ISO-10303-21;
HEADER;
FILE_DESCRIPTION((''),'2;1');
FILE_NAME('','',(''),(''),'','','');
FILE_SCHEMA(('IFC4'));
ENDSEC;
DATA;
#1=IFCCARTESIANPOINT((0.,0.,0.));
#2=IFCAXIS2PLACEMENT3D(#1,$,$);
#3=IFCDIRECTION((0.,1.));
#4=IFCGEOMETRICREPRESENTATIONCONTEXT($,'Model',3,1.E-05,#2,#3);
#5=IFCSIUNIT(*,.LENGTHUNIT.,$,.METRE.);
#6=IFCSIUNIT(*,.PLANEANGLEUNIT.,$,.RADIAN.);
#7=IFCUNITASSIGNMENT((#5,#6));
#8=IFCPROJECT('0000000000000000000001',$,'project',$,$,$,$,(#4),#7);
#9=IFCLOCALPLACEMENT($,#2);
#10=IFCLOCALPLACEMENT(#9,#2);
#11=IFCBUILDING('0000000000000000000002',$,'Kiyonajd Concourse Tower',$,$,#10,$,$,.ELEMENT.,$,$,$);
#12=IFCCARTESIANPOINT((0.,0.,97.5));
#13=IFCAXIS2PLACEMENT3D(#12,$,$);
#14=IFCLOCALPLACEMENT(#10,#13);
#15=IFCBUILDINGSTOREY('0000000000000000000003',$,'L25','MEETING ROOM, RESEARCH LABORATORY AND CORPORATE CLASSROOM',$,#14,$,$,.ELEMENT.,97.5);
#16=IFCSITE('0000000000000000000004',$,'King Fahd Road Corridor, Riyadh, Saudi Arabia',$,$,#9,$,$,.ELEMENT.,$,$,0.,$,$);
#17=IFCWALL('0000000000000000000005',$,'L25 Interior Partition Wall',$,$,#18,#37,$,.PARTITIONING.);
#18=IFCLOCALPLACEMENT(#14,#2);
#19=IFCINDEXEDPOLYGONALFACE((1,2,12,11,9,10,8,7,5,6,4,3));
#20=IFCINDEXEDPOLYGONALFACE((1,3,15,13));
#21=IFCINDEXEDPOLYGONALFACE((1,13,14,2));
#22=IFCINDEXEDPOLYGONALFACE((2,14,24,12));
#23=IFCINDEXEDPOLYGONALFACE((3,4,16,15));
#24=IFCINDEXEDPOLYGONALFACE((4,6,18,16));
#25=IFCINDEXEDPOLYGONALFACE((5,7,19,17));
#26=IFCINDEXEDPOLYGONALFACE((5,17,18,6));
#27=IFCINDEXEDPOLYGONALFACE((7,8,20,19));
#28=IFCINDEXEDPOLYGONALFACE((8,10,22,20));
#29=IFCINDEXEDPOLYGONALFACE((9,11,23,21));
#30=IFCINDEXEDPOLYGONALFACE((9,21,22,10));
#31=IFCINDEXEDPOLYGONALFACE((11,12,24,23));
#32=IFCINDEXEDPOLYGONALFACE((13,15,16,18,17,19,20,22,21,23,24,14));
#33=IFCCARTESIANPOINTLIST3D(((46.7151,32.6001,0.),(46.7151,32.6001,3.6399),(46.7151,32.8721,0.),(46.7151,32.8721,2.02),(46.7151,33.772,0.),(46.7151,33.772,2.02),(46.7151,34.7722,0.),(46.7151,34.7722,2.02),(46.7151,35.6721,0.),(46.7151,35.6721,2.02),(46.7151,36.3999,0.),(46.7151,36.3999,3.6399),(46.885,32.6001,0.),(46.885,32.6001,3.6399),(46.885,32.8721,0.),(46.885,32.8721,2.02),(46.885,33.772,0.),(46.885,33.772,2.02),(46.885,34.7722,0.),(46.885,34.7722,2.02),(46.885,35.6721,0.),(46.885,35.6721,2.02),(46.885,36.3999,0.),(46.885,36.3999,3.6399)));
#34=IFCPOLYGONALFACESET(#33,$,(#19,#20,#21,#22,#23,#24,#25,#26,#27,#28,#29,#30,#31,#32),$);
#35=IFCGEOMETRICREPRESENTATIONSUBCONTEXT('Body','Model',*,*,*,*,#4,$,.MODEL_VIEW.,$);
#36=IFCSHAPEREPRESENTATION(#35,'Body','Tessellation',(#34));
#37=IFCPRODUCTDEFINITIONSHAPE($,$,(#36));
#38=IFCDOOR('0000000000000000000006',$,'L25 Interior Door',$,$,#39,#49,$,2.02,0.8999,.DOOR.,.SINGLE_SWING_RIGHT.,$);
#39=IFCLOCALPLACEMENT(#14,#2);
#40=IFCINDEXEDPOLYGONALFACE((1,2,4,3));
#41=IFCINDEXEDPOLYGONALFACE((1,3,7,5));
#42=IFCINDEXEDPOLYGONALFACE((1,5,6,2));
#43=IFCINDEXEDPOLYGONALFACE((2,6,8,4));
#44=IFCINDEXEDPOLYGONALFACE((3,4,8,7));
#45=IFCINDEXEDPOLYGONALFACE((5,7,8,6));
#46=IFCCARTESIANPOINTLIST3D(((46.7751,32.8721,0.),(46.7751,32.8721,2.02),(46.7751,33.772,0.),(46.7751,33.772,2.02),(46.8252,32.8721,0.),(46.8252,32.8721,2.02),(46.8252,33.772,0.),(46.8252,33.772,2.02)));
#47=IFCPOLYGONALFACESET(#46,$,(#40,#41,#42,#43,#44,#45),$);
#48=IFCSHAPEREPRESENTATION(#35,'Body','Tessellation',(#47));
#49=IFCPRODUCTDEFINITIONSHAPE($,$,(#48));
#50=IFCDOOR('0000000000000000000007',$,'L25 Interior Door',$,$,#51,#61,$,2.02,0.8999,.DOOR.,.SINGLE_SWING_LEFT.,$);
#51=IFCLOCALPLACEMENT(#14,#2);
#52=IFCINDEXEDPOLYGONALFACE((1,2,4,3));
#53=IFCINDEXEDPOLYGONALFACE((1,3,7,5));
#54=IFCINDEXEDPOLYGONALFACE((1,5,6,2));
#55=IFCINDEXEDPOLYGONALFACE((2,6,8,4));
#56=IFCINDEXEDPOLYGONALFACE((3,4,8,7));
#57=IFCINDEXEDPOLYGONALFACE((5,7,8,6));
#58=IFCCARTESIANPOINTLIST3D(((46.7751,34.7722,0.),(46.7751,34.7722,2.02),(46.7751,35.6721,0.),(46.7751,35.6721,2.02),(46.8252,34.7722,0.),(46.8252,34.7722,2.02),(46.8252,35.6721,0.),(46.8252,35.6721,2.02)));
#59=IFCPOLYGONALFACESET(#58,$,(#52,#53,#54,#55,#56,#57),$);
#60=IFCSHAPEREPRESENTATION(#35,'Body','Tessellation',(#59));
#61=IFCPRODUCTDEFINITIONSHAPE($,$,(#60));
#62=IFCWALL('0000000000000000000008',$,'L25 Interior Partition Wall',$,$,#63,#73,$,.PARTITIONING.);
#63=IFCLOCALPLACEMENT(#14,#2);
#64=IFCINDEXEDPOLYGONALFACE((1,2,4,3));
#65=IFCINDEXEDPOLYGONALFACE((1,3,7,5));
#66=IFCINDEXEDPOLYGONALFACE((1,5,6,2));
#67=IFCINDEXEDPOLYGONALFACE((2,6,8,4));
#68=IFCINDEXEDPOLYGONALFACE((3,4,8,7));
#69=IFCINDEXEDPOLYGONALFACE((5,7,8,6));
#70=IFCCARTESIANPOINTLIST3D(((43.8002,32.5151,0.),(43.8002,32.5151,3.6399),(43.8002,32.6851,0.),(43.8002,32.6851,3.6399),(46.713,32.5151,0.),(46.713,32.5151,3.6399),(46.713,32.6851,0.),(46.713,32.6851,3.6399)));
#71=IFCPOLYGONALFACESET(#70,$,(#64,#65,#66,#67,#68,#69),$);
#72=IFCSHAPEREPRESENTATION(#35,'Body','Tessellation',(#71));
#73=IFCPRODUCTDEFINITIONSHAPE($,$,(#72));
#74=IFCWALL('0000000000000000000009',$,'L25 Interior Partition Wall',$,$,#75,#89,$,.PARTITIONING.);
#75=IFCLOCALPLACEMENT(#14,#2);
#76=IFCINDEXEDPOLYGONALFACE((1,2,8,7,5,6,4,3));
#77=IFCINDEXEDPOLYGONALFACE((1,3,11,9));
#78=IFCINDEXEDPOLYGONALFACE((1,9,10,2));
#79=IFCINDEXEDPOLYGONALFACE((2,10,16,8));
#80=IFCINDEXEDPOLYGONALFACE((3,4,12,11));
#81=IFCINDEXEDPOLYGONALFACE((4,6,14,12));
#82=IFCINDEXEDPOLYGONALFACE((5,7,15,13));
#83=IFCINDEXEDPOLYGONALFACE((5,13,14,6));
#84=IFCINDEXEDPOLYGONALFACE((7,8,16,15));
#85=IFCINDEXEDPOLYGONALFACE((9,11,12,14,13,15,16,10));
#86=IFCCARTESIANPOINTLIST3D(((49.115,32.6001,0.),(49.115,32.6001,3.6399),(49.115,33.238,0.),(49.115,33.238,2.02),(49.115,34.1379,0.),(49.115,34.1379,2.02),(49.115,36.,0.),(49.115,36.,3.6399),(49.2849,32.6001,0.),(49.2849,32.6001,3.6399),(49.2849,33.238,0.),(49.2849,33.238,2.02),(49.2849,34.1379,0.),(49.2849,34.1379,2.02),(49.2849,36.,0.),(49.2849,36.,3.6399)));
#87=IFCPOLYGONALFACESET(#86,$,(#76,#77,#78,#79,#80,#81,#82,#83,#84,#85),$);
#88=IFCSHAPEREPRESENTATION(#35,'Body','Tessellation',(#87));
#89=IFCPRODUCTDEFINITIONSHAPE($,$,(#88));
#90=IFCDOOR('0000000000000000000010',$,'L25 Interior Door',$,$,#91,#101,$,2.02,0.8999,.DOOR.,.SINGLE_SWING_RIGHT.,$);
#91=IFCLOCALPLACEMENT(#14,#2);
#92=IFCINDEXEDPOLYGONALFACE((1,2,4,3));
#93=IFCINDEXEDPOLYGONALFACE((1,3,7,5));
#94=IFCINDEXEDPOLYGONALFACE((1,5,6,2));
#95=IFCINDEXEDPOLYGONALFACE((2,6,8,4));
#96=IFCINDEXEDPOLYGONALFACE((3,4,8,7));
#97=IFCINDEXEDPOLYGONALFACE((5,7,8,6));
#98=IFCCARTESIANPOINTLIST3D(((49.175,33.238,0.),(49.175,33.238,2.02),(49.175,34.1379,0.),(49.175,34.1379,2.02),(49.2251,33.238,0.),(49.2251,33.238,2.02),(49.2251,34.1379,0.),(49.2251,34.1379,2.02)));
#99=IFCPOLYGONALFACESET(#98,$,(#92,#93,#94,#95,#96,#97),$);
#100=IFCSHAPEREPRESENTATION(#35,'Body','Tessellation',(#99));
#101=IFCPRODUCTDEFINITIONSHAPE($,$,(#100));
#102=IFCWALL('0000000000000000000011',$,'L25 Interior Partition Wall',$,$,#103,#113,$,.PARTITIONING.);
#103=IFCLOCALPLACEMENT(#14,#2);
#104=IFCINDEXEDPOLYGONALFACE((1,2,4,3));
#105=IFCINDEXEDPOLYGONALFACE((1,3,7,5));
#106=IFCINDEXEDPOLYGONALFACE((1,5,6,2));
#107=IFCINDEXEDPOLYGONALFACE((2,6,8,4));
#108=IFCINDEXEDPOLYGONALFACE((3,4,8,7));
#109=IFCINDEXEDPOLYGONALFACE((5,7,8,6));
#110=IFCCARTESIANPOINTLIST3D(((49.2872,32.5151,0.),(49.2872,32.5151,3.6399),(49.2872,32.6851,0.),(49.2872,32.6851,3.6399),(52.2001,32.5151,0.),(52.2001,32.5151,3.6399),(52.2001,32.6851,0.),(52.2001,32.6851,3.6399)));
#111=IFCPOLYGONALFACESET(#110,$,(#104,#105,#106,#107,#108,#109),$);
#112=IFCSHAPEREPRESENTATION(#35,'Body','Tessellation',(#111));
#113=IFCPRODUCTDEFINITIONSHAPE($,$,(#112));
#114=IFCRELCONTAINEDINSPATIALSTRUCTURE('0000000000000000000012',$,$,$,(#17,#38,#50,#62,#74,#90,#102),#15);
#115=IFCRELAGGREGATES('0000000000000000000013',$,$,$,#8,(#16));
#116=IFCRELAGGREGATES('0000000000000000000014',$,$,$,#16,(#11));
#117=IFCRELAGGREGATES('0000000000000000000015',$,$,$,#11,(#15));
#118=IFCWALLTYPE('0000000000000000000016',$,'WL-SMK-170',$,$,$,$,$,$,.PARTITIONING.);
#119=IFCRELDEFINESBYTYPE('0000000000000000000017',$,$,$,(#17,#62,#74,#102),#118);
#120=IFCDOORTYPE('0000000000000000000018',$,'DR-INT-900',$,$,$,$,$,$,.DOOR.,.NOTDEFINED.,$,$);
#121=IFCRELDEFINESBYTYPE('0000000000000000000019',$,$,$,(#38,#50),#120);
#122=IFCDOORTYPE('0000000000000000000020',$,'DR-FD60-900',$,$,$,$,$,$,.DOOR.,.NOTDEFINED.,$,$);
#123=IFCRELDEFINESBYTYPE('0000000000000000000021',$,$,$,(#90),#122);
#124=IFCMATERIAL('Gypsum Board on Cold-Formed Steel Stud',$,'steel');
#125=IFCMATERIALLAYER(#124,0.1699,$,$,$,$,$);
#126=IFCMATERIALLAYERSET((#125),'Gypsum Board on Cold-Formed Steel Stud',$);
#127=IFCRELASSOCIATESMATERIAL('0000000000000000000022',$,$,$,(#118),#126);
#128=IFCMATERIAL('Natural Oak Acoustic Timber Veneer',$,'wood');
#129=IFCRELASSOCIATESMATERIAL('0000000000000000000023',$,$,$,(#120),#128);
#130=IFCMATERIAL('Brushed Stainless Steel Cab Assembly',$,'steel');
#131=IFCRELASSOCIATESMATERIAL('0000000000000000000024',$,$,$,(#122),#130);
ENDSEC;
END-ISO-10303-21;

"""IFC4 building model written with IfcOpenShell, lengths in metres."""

from ifc_helpers import new_model, si_unit, direction, frame, frame_2d, origin, place, context, subcontext, project, spatial, rectangle, extrude, material, layer, layer_set, type_object, element, fill, save


model = new_model("IFC4")

# Units and contexts
model_context = context("Model", 3, precision=1e-05, world=origin(), true_north=direction((0.0, 1.0)))
body_context = subcontext(model_context, "Body", "Model", "MODEL_VIEW")
ifc_project = project(units=[si_unit("LENGTHUNIT", "METRE"), si_unit("PLANEANGLEUNIT", "RADIAN")], contexts=[model_context])

# Site, building, storey
site_placement = place(None, origin())
site = spatial("IfcSite", under=ifc_project, at=site_placement, Name="King Fahd Road Corridor, Riyadh, Saudi Arabia", CompositionType="ELEMENT", RefElevation=0.0)
building_placement = place(site_placement, origin())
building = spatial("IfcBuilding", under=site, at=building_placement, Name="Kiyonajd Concourse Tower", CompositionType="ELEMENT")
storey_placement = place(building_placement, frame((0.0, 0.0, 97.5)))
storey = spatial("IfcBuildingStorey", under=building, at=storey_placement, Name="L25", Description="MEETING ROOM, RESEARCH LABORATORY AND CORPORATE CLASSROOM", CompositionType="ELEMENT", Elevation=97.5)

# Shared definitions
ifc_material_1 = material(Name="Gypsum Board on Cold-Formed Steel Stud", Category="steel")

# Shared definitions
ifc_material_2 = material(Name="Brushed Stainless Steel Cab Assembly", Category="steel")

# Wall, openings, doors
ifc_layer_1 = layer(ifc_material_1, 0.1699)
ifc_layer_set_1 = layer_set([ifc_layer_1], Name="Gypsum Board on Cold-Formed Steel Stud")
wall_type_1 = type_object("IfcWallType", Name="WL-SMK-170", PredefinedType="PARTITIONING", material=ifc_layer_set_1)
wall_1_placement = place(storey_placement, frame((46.8, 32.6001, 0.0), z_axis=(0.0, 0.0, 1.0), x_axis=(0.0, 1.0, 0.0)))
wall_1 = element("IfcWall", 1, at=wall_1_placement, inside=storey, type_object=wall_type_1, Name="L25 Interior Partition Wall", PredefinedType="PARTITIONING", context=body_context, shape_type="SweptSolid", body=[
    extrude(rectangle(XDim=3.7998, YDim=0.1699, at=frame_2d((1.8999, 0.0))), origin(), (0.0, 0.0, 1.0), 3.6399),
])
opening_1_placement = place(wall_1_placement, frame((0.272, 0.0, 0.0)))
opening_1 = element("IfcOpeningElement", 2, at=opening_1_placement, cuts=wall_1, PredefinedType="OPENING", context=body_context, shape_type="SweptSolid", body=[
    extrude(rectangle(XDim=0.8999, YDim=2.02, at=frame_2d((0.45, 1.01))), frame((0.0, 0.095, 0.0), z_axis=(0.0, -1.0, 0.0), x_axis=(1.0, 0.0, 0.0)), (0.0, 0.0, 1.0), 0.1899),
])
opening_2_placement = place(wall_1_placement, frame((2.1721, 0.0, 0.0)))
opening_2 = element("IfcOpeningElement", 3, at=opening_2_placement, cuts=wall_1, PredefinedType="OPENING", context=body_context, shape_type="SweptSolid", body=[
    extrude(rectangle(XDim=0.8999, YDim=2.02, at=frame_2d((0.45, 1.01))), frame((0.0, 0.095, 0.0), z_axis=(0.0, -1.0, 0.0), x_axis=(1.0, 0.0, 0.0)), (0.0, 0.0, 1.0), 0.1899),
])
ifc_material_3 = material(Name="Natural Oak Acoustic Timber Veneer", Category="wood")
door_type_1 = type_object("IfcDoorType", Name="DR-INT-900", OperationType="NOTDEFINED", PredefinedType="DOOR", material=ifc_material_3)
door_1_placement = place(opening_1_placement, origin())
door_1 = element("IfcDoor", 4, at=door_1_placement, inside=storey, type_object=door_type_1, Name="L25 Interior Door", OperationType="SINGLE_SWING_RIGHT", OverallHeight=2.02, OverallWidth=0.8999, PredefinedType="DOOR", context=body_context, shape_type="SweptSolid", body=[
    extrude(rectangle(XDim=0.8999, YDim=2.02, at=frame_2d((0.45, 1.01))), frame((0.0, 0.0249, 0.0), z_axis=(0.0, -1.0, 0.0), x_axis=(1.0, 0.0, 0.0)), (0.0, 0.0, 1.0), 0.05),
])
fill(opening_1, door_1)
door_2_placement = place(opening_2_placement, origin())
door_2 = element("IfcDoor", 5, at=door_2_placement, inside=storey, type_object=door_type_1, Name="L25 Interior Door", OperationType="SINGLE_SWING_LEFT", OverallHeight=2.02, OverallWidth=0.8999, PredefinedType="DOOR", context=body_context, shape_type="SweptSolid", body=[
    extrude(rectangle(XDim=0.8999, YDim=2.02, at=frame_2d((0.45, 1.01))), frame((0.0, 0.0249, 0.0), z_axis=(0.0, -1.0, 0.0), x_axis=(1.0, 0.0, 0.0)), (0.0, 0.0, 1.0), 0.05),
])
fill(opening_2, door_2)

# Wall
wall_2_placement = place(storey_placement, frame((43.8, 32.6001, 0.0), z_axis=(0.0, 0.0, 1.0), x_axis=(1.0, 0.0, 0.0)))
element("IfcWall", 6, at=wall_2_placement, inside=storey, type_object=wall_type_1, Name="L25 Interior Partition Wall", PredefinedType="PARTITIONING", context=body_context, shape_type="SweptSolid", body=[
    extrude(rectangle(XDim=2.9128, YDim=0.1699, at=frame_2d((1.4565, 0.0))), origin(), (0.0, 0.0, 1.0), 3.6399),
])

# Wall, opening, door
wall_3_placement = place(storey_placement, frame((49.2, 32.6001, 0.0), z_axis=(0.0, 0.0, 1.0), x_axis=(0.0, 1.0, 0.0)))
wall_3 = element("IfcWall", 7, at=wall_3_placement, inside=storey, type_object=wall_type_1, Name="L25 Interior Partition Wall", PredefinedType="PARTITIONING", context=body_context, shape_type="SweptSolid", body=[
    extrude(rectangle(XDim=3.3999, YDim=0.1699, at=frame_2d((1.7, 0.0))), origin(), (0.0, 0.0, 1.0), 3.6399),
])
opening_3_placement = place(wall_3_placement, frame((0.6379, 0.0, 0.0)))
opening_3 = element("IfcOpeningElement", 8, at=opening_3_placement, cuts=wall_3, PredefinedType="OPENING", context=body_context, shape_type="SweptSolid", body=[
    extrude(rectangle(XDim=0.8999, YDim=2.02, at=frame_2d((0.45, 1.01))), frame((0.0, 0.095, 0.0), z_axis=(0.0, -1.0, 0.0), x_axis=(1.0, 0.0, 0.0)), (0.0, 0.0, 1.0), 0.1899),
])
door_type_2 = type_object("IfcDoorType", Name="DR-FD60-900", OperationType="NOTDEFINED", PredefinedType="DOOR", material=ifc_material_2)
door_3_placement = place(opening_3_placement, origin())
door_3 = element("IfcDoor", 9, at=door_3_placement, inside=storey, type_object=door_type_2, Name="L25 Interior Door", OperationType="SINGLE_SWING_RIGHT", OverallHeight=2.02, OverallWidth=0.8999, PredefinedType="DOOR", context=body_context, shape_type="SweptSolid", body=[
    extrude(rectangle(XDim=0.8999, YDim=2.02, at=frame_2d((0.45, 1.01))), frame((0.0, 0.0249, 0.0), z_axis=(0.0, -1.0, 0.0), x_axis=(1.0, 0.0, 0.0)), (0.0, 0.0, 1.0), 0.05),
])
fill(opening_3, door_3)

# Wall
wall_4_placement = place(storey_placement, frame((49.2871, 32.6001, 0.0), z_axis=(0.0, 0.0, 1.0), x_axis=(1.0, 0.0, 0.0)))
element("IfcWall", 10, at=wall_4_placement, inside=storey, type_object=wall_type_1, Name="L25 Interior Partition Wall", PredefinedType="PARTITIONING", context=body_context, shape_type="SweptSolid", body=[
    extrude(rectangle(XDim=2.9128, YDim=0.1699, at=frame_2d((1.4565, 0.0))), origin(), (0.0, 0.0, 1.0), 3.6399),
])

save(model, "model.ifc")
